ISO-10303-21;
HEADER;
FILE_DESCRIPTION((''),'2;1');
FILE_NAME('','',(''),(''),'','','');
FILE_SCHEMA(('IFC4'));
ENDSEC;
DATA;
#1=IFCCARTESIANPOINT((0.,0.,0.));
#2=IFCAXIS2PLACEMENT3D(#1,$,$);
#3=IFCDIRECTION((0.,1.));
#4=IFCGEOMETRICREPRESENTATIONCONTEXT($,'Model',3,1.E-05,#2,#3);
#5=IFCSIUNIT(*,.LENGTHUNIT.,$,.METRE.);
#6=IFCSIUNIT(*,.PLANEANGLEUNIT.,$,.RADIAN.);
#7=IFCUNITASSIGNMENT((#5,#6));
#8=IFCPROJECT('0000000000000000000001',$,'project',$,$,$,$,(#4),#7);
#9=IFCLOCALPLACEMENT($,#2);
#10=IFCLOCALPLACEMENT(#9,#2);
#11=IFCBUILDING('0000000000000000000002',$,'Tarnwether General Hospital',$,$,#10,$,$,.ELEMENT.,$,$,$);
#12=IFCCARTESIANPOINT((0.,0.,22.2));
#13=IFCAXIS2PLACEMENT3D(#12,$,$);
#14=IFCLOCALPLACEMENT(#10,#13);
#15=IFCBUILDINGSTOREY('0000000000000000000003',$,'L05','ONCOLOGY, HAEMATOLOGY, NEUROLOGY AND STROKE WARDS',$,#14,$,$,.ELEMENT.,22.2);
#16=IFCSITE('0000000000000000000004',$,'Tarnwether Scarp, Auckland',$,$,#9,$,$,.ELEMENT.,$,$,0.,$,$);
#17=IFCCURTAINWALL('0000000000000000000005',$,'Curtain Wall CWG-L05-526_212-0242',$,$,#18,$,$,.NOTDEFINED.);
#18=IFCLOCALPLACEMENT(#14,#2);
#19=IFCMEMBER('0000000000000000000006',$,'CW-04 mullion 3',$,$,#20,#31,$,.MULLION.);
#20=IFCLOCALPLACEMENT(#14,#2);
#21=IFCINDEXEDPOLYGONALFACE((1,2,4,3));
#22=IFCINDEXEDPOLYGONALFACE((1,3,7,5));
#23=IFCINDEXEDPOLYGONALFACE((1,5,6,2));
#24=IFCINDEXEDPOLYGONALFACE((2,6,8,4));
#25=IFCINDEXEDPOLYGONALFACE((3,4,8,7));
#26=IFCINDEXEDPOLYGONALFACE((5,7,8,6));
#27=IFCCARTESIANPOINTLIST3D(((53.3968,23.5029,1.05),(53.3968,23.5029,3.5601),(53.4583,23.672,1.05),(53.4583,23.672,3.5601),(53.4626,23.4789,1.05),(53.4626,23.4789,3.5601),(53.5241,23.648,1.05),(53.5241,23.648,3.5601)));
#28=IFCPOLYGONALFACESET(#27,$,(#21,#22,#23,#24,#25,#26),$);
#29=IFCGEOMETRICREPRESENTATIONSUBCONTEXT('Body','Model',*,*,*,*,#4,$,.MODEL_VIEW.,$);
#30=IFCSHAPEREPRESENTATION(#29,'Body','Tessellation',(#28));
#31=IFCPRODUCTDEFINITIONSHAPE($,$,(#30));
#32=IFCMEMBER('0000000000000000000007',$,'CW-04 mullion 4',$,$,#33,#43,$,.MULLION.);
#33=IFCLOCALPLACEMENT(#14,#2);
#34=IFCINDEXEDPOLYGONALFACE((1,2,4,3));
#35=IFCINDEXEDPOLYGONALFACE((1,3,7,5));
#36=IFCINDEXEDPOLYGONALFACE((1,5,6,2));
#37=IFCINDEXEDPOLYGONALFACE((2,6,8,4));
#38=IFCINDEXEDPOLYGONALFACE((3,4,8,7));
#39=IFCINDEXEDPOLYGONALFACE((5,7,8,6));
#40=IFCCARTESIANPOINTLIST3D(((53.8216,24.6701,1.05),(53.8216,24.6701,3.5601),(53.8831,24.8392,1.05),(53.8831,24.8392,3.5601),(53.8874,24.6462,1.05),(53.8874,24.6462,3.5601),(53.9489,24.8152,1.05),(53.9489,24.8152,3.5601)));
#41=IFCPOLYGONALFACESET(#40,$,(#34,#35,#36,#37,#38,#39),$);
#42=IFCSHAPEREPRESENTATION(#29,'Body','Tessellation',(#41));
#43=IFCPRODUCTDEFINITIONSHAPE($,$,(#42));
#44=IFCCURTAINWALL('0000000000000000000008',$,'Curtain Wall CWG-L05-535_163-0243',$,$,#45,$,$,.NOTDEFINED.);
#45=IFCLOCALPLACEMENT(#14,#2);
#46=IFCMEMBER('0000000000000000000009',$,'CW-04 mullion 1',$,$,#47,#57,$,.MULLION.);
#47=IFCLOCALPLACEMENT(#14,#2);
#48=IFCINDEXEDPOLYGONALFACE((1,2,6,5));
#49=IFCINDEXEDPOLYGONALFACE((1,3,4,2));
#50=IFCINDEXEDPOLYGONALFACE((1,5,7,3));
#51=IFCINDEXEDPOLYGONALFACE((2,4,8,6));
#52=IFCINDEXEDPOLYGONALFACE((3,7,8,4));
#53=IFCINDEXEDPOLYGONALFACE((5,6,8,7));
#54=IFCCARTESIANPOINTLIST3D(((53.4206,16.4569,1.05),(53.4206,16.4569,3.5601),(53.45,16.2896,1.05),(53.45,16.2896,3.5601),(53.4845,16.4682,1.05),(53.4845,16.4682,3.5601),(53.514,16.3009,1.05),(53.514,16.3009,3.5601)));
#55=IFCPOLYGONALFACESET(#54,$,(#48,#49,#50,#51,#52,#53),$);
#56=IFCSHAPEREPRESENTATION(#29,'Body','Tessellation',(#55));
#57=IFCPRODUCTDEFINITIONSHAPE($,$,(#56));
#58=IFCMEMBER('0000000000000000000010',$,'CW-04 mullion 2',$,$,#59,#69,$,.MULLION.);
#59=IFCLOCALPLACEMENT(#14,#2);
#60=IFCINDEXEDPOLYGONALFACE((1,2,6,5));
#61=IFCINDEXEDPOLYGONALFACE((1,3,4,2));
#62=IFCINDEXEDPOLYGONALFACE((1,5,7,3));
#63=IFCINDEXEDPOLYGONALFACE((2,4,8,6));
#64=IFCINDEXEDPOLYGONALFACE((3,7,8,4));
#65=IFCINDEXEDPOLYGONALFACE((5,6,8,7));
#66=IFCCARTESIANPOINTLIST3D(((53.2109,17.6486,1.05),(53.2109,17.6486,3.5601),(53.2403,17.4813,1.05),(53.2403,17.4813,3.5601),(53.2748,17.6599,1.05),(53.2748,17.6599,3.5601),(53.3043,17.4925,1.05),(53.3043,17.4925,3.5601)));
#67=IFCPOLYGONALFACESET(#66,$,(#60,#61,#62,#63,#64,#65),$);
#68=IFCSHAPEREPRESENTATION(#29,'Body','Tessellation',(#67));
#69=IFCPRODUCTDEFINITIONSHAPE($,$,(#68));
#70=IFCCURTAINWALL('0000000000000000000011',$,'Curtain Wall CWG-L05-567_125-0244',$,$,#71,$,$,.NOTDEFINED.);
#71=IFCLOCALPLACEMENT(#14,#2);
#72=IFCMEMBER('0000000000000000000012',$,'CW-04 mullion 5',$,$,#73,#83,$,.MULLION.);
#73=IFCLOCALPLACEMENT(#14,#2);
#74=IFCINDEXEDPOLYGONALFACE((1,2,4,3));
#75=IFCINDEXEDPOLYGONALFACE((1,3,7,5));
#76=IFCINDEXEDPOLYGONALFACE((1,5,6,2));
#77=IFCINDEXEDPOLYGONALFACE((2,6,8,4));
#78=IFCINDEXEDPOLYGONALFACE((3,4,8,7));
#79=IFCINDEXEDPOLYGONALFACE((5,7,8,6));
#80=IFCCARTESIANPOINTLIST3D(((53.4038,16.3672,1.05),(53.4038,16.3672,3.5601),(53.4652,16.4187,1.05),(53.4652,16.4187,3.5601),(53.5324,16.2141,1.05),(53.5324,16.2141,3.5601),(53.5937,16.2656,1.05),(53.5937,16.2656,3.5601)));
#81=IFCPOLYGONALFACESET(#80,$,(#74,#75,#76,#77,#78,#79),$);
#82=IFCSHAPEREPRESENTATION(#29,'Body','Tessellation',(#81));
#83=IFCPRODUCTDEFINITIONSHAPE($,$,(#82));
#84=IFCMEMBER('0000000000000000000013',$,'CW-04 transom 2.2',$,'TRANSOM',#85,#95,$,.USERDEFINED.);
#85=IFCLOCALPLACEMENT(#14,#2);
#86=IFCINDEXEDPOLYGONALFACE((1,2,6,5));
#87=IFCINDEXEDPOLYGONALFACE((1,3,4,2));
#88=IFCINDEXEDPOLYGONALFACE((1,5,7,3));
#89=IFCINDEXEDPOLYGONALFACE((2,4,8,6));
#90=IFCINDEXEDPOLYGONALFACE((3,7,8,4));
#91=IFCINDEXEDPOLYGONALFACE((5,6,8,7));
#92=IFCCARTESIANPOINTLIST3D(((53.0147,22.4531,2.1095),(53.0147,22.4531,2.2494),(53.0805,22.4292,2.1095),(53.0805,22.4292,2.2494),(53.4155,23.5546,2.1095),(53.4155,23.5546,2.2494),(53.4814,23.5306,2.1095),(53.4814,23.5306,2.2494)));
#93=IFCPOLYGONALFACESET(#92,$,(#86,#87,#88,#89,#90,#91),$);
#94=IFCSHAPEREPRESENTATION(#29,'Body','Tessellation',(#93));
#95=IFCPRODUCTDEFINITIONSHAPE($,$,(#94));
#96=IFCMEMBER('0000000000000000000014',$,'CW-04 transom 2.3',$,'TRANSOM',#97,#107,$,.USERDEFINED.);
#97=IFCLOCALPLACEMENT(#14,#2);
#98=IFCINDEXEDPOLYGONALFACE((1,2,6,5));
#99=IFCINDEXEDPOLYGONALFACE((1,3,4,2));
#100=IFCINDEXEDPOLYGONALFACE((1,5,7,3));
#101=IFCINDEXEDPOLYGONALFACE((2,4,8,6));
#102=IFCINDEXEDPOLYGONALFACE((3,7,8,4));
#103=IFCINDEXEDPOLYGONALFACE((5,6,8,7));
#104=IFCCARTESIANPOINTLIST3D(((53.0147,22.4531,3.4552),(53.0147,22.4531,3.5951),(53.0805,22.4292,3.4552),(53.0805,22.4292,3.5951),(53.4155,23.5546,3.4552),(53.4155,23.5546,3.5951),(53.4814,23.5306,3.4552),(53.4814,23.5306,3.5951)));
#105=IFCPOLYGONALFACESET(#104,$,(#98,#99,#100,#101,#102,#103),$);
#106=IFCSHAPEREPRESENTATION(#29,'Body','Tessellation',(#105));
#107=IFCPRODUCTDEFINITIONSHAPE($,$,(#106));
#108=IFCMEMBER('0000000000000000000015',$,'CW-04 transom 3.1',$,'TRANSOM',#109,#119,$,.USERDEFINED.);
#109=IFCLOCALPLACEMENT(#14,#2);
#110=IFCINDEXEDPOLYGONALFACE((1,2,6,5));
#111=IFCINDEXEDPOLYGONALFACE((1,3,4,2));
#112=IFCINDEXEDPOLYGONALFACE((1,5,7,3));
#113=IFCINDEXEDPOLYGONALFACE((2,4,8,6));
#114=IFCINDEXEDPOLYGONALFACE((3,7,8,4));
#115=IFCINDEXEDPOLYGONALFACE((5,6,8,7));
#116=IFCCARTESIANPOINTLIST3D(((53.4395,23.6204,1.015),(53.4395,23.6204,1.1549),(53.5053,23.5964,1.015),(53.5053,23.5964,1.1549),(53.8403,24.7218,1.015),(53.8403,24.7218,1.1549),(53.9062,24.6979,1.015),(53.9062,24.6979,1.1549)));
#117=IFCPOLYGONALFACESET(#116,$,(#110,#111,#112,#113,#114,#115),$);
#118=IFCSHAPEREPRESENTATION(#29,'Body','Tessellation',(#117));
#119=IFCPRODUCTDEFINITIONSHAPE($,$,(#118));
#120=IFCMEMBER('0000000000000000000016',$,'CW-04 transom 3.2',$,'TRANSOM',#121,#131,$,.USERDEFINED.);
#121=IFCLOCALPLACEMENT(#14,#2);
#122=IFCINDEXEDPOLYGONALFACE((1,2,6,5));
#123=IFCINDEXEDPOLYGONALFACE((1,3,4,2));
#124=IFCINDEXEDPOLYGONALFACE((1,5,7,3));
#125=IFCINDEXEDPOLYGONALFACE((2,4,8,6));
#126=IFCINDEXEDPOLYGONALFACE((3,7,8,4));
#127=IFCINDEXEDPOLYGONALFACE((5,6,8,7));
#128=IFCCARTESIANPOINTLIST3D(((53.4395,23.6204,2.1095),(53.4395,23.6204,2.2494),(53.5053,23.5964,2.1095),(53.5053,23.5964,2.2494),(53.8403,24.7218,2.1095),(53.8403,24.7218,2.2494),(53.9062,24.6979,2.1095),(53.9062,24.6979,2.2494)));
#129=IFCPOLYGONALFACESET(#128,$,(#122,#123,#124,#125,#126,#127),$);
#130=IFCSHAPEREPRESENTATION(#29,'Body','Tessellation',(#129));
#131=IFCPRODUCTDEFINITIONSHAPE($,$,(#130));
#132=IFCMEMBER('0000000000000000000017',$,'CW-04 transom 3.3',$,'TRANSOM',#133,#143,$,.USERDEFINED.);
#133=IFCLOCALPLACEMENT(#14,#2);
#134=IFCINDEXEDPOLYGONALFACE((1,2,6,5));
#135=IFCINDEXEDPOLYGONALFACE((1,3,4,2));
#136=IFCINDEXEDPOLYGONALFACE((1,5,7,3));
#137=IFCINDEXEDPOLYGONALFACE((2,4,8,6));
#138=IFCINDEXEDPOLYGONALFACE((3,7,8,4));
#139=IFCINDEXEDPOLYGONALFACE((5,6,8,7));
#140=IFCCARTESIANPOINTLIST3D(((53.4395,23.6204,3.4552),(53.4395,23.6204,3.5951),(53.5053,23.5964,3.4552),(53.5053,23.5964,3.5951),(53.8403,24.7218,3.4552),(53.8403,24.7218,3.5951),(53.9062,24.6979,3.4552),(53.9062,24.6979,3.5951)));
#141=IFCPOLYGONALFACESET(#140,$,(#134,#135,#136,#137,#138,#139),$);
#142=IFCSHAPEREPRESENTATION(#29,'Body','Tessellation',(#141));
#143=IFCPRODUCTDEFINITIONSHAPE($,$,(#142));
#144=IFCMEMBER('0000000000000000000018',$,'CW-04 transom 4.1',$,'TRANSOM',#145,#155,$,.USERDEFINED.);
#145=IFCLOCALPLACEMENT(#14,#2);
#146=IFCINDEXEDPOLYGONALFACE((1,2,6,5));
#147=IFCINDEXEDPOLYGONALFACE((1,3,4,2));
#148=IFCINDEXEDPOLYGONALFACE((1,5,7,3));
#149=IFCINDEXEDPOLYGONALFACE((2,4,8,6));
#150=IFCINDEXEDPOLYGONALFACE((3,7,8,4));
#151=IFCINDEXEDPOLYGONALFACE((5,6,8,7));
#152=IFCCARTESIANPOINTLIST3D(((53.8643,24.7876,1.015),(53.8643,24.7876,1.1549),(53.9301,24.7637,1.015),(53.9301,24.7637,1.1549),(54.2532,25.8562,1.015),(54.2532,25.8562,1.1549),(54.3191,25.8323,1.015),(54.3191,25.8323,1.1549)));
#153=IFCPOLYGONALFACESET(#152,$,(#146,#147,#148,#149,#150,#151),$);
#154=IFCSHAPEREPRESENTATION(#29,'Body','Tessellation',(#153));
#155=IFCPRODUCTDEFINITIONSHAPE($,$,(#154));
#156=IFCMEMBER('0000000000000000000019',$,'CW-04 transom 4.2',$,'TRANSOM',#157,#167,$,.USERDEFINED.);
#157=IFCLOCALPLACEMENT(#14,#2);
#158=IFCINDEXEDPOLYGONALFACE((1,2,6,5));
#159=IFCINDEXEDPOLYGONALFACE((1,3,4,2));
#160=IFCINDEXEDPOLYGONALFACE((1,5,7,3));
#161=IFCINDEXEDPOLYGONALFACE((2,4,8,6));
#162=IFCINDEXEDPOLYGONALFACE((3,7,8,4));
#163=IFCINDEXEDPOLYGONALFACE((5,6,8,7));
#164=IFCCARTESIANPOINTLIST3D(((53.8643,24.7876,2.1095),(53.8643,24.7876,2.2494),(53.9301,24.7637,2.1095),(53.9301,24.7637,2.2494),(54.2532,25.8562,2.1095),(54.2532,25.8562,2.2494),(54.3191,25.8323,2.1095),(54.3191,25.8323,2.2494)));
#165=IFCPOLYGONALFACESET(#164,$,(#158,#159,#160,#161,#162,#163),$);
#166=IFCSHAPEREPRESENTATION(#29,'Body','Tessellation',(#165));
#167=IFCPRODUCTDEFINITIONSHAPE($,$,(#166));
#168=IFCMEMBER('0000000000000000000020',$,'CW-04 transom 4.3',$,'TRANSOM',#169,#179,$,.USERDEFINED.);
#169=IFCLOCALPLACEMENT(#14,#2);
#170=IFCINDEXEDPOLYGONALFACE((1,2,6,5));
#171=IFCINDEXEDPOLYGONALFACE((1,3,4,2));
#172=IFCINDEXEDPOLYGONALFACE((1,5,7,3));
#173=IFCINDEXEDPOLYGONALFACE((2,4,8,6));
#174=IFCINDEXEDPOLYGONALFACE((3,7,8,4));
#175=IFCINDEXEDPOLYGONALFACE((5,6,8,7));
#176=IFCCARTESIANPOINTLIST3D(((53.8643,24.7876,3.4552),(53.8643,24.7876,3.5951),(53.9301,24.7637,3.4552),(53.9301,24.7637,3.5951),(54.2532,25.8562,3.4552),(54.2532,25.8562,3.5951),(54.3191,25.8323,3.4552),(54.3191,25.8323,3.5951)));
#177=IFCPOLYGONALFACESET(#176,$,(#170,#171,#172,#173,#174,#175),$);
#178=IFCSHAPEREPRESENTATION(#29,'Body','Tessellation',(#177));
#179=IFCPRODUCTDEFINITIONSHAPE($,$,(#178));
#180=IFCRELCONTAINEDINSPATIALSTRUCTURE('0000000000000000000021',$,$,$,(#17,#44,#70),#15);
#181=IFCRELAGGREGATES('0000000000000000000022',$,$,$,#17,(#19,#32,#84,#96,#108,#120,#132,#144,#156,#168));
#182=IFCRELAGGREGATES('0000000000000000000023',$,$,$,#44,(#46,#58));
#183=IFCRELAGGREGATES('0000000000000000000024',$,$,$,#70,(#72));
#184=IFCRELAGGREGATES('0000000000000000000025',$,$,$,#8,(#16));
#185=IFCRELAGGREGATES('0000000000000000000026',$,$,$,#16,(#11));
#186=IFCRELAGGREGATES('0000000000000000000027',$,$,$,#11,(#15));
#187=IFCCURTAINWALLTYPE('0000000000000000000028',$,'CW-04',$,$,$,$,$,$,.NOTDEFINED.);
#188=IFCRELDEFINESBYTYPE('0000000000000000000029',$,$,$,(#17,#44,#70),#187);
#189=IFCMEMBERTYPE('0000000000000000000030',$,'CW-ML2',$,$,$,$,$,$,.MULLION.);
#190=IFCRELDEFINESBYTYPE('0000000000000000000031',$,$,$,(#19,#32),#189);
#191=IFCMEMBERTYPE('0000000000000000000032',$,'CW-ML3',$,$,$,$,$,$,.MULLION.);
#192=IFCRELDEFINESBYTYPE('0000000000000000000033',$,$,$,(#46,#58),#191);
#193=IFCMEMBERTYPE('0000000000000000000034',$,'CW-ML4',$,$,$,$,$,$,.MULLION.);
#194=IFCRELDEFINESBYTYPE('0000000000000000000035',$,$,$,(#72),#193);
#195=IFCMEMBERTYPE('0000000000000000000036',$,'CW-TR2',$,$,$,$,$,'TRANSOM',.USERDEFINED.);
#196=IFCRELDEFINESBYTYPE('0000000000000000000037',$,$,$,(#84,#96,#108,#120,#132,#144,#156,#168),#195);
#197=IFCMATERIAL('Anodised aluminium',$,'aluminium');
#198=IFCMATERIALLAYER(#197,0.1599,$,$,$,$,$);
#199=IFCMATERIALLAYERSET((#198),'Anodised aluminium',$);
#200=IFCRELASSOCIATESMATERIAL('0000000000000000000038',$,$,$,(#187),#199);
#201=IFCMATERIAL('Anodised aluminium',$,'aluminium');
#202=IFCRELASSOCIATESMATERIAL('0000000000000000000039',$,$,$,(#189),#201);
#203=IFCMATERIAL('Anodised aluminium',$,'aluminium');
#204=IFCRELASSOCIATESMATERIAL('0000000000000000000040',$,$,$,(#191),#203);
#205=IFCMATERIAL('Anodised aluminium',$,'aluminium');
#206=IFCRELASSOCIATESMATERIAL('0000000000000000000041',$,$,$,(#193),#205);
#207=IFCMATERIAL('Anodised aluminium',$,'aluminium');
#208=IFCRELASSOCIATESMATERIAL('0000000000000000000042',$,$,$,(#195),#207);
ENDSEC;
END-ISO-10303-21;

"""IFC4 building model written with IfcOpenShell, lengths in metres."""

from ifc_helpers import new_model, si_unit, direction, frame, origin, origin_2d, place, context, subcontext, project, spatial, rectangle, extrude, material, layer, layer_set, material_profile, profile_set, type_object, element, aggregate, save


model = new_model("IFC4")

# Units and contexts
model_context = context("Model", 3, precision=1e-05, world=origin(), true_north=direction((0.0, 1.0)))
body_context = subcontext(model_context, "Body", "Model", "MODEL_VIEW")
ifc_project = project(units=[si_unit("LENGTHUNIT", "METRE"), si_unit("PLANEANGLEUNIT", "RADIAN")], contexts=[model_context])

# Site, building, storey
site_placement = place(None, origin())
site = spatial("IfcSite", under=ifc_project, at=site_placement, Name="Tarnwether Scarp, Auckland", CompositionType="ELEMENT", RefElevation=0.0)
building_placement = place(site_placement, origin())
building = spatial("IfcBuilding", under=site, at=building_placement, Name="Tarnwether General Hospital", CompositionType="ELEMENT")
storey_placement = place(building_placement, frame((0.0, 0.0, 22.2)))
storey = spatial("IfcBuildingStorey", under=building, at=storey_placement, Name="L05", Description="ONCOLOGY, HAEMATOLOGY, NEUROLOGY AND STROKE WARDS", CompositionType="ELEMENT", Elevation=22.2)

# Curtain walls, members
ifc_material_1 = material(Name="Anodised aluminium", Category="aluminium")
ifc_layer_1 = layer(ifc_material_1, 0.1599)
ifc_layer_set_1 = layer_set([ifc_layer_1], Name="Anodised aluminium")
curtain_wall_type = type_object("IfcCurtainWallType", Name="CW-04", PredefinedType="NOTDEFINED", material=ifc_layer_set_1)
curtain_wall_1_placement = place(storey_placement, origin())
curtain_wall_1 = element("IfcCurtainWall", 1, at=curtain_wall_1_placement, inside=storey, type_object=curtain_wall_type, Name="Curtain Wall CWG-L05-526_212-0242", PredefinedType="NOTDEFINED")
ifc_material_2 = material(Name="Anodised aluminium", Category="aluminium")
ifc_material_profile_1 = material_profile(ifc_material_2, rectangle(XDim=0.0701, YDim=0.1799, at=origin_2d()), Name="ALU-MUL-70x180")
ifc_profile_set_1 = profile_set([ifc_material_profile_1], Name="Anodised aluminium")
member_type_1 = type_object("IfcMemberType", Name="CW-ML2", PredefinedType="MULLION", material=ifc_profile_set_1)
member_1_placement = place(storey_placement, frame((53.4604, 23.5754, 1.05), z_axis=(0.0, 0.0, 1.0), x_axis=(-0.939717, 0.341953, 0.0)))
member_1 = element("IfcMember", 2, at=member_1_placement, type_object=member_type_1, Name="CW-04 mullion 3", PredefinedType="MULLION", context=body_context, shape_type="SweptSolid", body=[
    extrude(rectangle(XDim=0.0701, YDim=0.1799, at=origin_2d()), origin(), (0.0, 0.0, 1.0), 2.51),
])
member_2_placement = place(storey_placement, frame((53.8853, 24.7427, 1.05), z_axis=(0.0, 0.0, 1.0), x_axis=(-0.939717, 0.341953, 0.0)))
member_2 = element("IfcMember", 3, at=member_2_placement, type_object=member_type_1, Name="CW-04 mullion 4", PredefinedType="MULLION", context=body_context, shape_type="SweptSolid", body=[
    extrude(rectangle(XDim=0.0701, YDim=0.1799, at=origin_2d()), origin(), (0.0, 0.0, 1.0), 2.51),
])
curtain_wall_2_placement = place(storey_placement, origin())
curtain_wall_2 = element("IfcCurtainWall", 4, at=curtain_wall_2_placement, inside=storey, type_object=curtain_wall_type, Name="Curtain Wall CWG-L05-535_163-0243", PredefinedType="NOTDEFINED")
ifc_material_3 = material(Name="Anodised aluminium", Category="aluminium")
ifc_material_profile_2 = material_profile(ifc_material_3, rectangle(XDim=0.0649, YDim=0.1699, at=origin_2d()), Name="ALU-MUL-65x170")
ifc_profile_set_2 = profile_set([ifc_material_profile_2], Name="Anodised aluminium")
member_type_2 = type_object("IfcMemberType", Name="CW-ML3", PredefinedType="MULLION", material=ifc_profile_set_2)
member_3_placement = place(storey_placement, frame((53.4673, 16.3789, 1.05), z_axis=(0.0, 0.0, 1.0), x_axis=(-0.98484, -0.173464, 0.0)))
member_3 = element("IfcMember", 5, at=member_3_placement, type_object=member_type_2, Name="CW-04 mullion 1", PredefinedType="MULLION", context=body_context, shape_type="SweptSolid", body=[
    extrude(rectangle(XDim=0.0649, YDim=0.1699, at=origin_2d()), origin(), (0.0, 0.0, 1.0), 2.51),
])
member_4_placement = place(storey_placement, frame((53.2576, 17.5706, 1.05), z_axis=(0.0, 0.0, 1.0), x_axis=(-0.98484, -0.173464, 0.0)))
member_4 = element("IfcMember", 6, at=member_4_placement, type_object=member_type_2, Name="CW-04 mullion 2", PredefinedType="MULLION", context=body_context, shape_type="SweptSolid", body=[
    extrude(rectangle(XDim=0.0649, YDim=0.1699, at=origin_2d()), origin(), (0.0, 0.0, 1.0), 2.51),
])

# Curtain wall, member
curtain_wall_3_placement = place(storey_placement, origin())
curtain_wall_3 = element("IfcCurtainWall", 7, at=curtain_wall_3_placement, inside=storey, type_object=curtain_wall_type, Name="Curtain Wall CWG-L05-567_125-0244", PredefinedType="NOTDEFINED")
ifc_material_4 = material(Name="Anodised aluminium", Category="aluminium")
ifc_material_profile_3 = material_profile(ifc_material_4, rectangle(XDim=0.0801, YDim=0.2, at=origin_2d()), Name="ALU-MUL-80x200")
ifc_profile_set_3 = profile_set([ifc_material_profile_3], Name="Anodised aluminium")
member_type_3 = type_object("IfcMemberType", Name="CW-ML4", PredefinedType="MULLION", material=ifc_profile_set_3)
member_5_placement = place(storey_placement, frame((53.4988, 16.3164, 1.05), z_axis=(0.0, 0.0, 1.0), x_axis=(-0.76599, -0.642852, 0.0)))
member_5 = element("IfcMember", 8, at=member_5_placement, type_object=member_type_3, Name="CW-04 mullion 5", PredefinedType="MULLION", context=body_context, shape_type="SweptSolid", body=[
    extrude(rectangle(XDim=0.0801, YDim=0.2, at=origin_2d()), origin(), (0.0, 0.0, 1.0), 2.51),
])

# Members
ifc_material_5 = material(Name="Anodised aluminium", Category="aluminium")
ifc_material_profile_4 = material_profile(ifc_material_5, rectangle(XDim=0.0701, YDim=0.1399, at=origin_2d()), Name="ALU-TRN-70x140")
ifc_profile_set_4 = profile_set([ifc_material_profile_4], Name="Anodised aluminium")
member_type_4 = type_object("IfcMemberType", Name="CW-TR2", ElementType="TRANSOM", PredefinedType="USERDEFINED", material=ifc_profile_set_4)
member_6_placement = place(storey_placement, frame((53.0476, 22.4412, 2.1794), z_axis=(0.341977, 0.939708, 0.0), x_axis=(-0.939708, 0.341977, 0.0)))
member_6 = element("IfcMember", 9, at=member_6_placement, type_object=member_type_4, Name="CW-04 transom 2.2", ObjectType="TRANSOM", PredefinedType="USERDEFINED", context=body_context, shape_type="SweptSolid", body=[
    extrude(rectangle(XDim=0.0701, YDim=0.1399, at=origin_2d()), origin(), (0.0, 0.0, 1.0), 1.1721),
])
member_7_placement = place(storey_placement, frame((53.0476, 22.4412, 3.5251), z_axis=(0.341977, 0.939708, 0.0), x_axis=(-0.939708, 0.341977, 0.0)))
member_7 = element("IfcMember", 10, at=member_7_placement, type_object=member_type_4, Name="CW-04 transom 2.3", ObjectType="TRANSOM", PredefinedType="USERDEFINED", context=body_context, shape_type="SweptSolid", body=[
    extrude(rectangle(XDim=0.0701, YDim=0.1399, at=origin_2d()), origin(), (0.0, 0.0, 1.0), 1.1721),
])
member_8_placement = place(storey_placement, frame((53.4724, 23.6084, 1.085), z_axis=(0.341977, 0.939708, 0.0), x_axis=(-0.939708, 0.341977, 0.0)))
member_8 = element("IfcMember", 11, at=member_8_placement, type_object=member_type_4, Name="CW-04 transom 3.1", ObjectType="TRANSOM", PredefinedType="USERDEFINED", context=body_context, shape_type="SweptSolid", body=[
    extrude(rectangle(XDim=0.0701, YDim=0.1399, at=origin_2d()), origin(), (0.0, 0.0, 1.0), 1.1721),
])
member_9_placement = place(storey_placement, frame((53.4724, 23.6084, 2.1794), z_axis=(0.341977, 0.939708, 0.0), x_axis=(-0.939708, 0.341977, 0.0)))
member_9 = element("IfcMember", 12, at=member_9_placement, type_object=member_type_4, Name="CW-04 transom 3.2", ObjectType="TRANSOM", PredefinedType="USERDEFINED", context=body_context, shape_type="SweptSolid", body=[
    extrude(rectangle(XDim=0.0701, YDim=0.1399, at=origin_2d()), origin(), (0.0, 0.0, 1.0), 1.1721),
])
member_10_placement = place(storey_placement, frame((53.4724, 23.6084, 3.5251), z_axis=(0.341977, 0.939708, 0.0), x_axis=(-0.939708, 0.341977, 0.0)))
member_10 = element("IfcMember", 13, at=member_10_placement, type_object=member_type_4, Name="CW-04 transom 3.3", ObjectType="TRANSOM", PredefinedType="USERDEFINED", context=body_context, shape_type="SweptSolid", body=[
    extrude(rectangle(XDim=0.0701, YDim=0.1399, at=origin_2d()), origin(), (0.0, 0.0, 1.0), 1.1721),
])
member_11_placement = place(storey_placement, frame((53.8972, 24.7756, 1.085), z_axis=(0.342002, 0.939699, 0.0), x_axis=(-0.939699, 0.342002, 0.0)))
member_11 = element("IfcMember", 14, at=member_11_placement, type_object=member_type_4, Name="CW-04 transom 4.1", ObjectType="TRANSOM", PredefinedType="USERDEFINED", context=body_context, shape_type="SweptSolid", body=[
    extrude(rectangle(XDim=0.0701, YDim=0.1399, at=origin_2d()), origin(), (0.0, 0.0, 1.0), 1.1372),
])
member_12_placement = place(storey_placement, frame((53.8972, 24.7756, 2.1794), z_axis=(0.342002, 0.939699, 0.0), x_axis=(-0.939699, 0.342002, 0.0)))
member_12 = element("IfcMember", 15, at=member_12_placement, type_object=member_type_4, Name="CW-04 transom 4.2", ObjectType="TRANSOM", PredefinedType="USERDEFINED", context=body_context, shape_type="SweptSolid", body=[
    extrude(rectangle(XDim=0.0701, YDim=0.1399, at=origin_2d()), origin(), (0.0, 0.0, 1.0), 1.1372),
])
member_13_placement = place(storey_placement, frame((53.8972, 24.7756, 3.5251), z_axis=(0.342002, 0.939699, 0.0), x_axis=(-0.939699, 0.342002, 0.0)))
member_13 = element("IfcMember", 16, at=member_13_placement, type_object=member_type_4, Name="CW-04 transom 4.3", ObjectType="TRANSOM", PredefinedType="USERDEFINED", context=body_context, shape_type="SweptSolid", body=[
    extrude(rectangle(XDim=0.0701, YDim=0.1399, at=origin_2d()), origin(), (0.0, 0.0, 1.0), 1.1372),
])

aggregate(curtain_wall_1, [member_1, member_2, member_6, member_7, member_8, member_9, member_10, member_11, member_12, member_13])
aggregate(curtain_wall_2, [member_3, member_4])
aggregate(curtain_wall_3, [member_5])

save(model, "model.ifc")
